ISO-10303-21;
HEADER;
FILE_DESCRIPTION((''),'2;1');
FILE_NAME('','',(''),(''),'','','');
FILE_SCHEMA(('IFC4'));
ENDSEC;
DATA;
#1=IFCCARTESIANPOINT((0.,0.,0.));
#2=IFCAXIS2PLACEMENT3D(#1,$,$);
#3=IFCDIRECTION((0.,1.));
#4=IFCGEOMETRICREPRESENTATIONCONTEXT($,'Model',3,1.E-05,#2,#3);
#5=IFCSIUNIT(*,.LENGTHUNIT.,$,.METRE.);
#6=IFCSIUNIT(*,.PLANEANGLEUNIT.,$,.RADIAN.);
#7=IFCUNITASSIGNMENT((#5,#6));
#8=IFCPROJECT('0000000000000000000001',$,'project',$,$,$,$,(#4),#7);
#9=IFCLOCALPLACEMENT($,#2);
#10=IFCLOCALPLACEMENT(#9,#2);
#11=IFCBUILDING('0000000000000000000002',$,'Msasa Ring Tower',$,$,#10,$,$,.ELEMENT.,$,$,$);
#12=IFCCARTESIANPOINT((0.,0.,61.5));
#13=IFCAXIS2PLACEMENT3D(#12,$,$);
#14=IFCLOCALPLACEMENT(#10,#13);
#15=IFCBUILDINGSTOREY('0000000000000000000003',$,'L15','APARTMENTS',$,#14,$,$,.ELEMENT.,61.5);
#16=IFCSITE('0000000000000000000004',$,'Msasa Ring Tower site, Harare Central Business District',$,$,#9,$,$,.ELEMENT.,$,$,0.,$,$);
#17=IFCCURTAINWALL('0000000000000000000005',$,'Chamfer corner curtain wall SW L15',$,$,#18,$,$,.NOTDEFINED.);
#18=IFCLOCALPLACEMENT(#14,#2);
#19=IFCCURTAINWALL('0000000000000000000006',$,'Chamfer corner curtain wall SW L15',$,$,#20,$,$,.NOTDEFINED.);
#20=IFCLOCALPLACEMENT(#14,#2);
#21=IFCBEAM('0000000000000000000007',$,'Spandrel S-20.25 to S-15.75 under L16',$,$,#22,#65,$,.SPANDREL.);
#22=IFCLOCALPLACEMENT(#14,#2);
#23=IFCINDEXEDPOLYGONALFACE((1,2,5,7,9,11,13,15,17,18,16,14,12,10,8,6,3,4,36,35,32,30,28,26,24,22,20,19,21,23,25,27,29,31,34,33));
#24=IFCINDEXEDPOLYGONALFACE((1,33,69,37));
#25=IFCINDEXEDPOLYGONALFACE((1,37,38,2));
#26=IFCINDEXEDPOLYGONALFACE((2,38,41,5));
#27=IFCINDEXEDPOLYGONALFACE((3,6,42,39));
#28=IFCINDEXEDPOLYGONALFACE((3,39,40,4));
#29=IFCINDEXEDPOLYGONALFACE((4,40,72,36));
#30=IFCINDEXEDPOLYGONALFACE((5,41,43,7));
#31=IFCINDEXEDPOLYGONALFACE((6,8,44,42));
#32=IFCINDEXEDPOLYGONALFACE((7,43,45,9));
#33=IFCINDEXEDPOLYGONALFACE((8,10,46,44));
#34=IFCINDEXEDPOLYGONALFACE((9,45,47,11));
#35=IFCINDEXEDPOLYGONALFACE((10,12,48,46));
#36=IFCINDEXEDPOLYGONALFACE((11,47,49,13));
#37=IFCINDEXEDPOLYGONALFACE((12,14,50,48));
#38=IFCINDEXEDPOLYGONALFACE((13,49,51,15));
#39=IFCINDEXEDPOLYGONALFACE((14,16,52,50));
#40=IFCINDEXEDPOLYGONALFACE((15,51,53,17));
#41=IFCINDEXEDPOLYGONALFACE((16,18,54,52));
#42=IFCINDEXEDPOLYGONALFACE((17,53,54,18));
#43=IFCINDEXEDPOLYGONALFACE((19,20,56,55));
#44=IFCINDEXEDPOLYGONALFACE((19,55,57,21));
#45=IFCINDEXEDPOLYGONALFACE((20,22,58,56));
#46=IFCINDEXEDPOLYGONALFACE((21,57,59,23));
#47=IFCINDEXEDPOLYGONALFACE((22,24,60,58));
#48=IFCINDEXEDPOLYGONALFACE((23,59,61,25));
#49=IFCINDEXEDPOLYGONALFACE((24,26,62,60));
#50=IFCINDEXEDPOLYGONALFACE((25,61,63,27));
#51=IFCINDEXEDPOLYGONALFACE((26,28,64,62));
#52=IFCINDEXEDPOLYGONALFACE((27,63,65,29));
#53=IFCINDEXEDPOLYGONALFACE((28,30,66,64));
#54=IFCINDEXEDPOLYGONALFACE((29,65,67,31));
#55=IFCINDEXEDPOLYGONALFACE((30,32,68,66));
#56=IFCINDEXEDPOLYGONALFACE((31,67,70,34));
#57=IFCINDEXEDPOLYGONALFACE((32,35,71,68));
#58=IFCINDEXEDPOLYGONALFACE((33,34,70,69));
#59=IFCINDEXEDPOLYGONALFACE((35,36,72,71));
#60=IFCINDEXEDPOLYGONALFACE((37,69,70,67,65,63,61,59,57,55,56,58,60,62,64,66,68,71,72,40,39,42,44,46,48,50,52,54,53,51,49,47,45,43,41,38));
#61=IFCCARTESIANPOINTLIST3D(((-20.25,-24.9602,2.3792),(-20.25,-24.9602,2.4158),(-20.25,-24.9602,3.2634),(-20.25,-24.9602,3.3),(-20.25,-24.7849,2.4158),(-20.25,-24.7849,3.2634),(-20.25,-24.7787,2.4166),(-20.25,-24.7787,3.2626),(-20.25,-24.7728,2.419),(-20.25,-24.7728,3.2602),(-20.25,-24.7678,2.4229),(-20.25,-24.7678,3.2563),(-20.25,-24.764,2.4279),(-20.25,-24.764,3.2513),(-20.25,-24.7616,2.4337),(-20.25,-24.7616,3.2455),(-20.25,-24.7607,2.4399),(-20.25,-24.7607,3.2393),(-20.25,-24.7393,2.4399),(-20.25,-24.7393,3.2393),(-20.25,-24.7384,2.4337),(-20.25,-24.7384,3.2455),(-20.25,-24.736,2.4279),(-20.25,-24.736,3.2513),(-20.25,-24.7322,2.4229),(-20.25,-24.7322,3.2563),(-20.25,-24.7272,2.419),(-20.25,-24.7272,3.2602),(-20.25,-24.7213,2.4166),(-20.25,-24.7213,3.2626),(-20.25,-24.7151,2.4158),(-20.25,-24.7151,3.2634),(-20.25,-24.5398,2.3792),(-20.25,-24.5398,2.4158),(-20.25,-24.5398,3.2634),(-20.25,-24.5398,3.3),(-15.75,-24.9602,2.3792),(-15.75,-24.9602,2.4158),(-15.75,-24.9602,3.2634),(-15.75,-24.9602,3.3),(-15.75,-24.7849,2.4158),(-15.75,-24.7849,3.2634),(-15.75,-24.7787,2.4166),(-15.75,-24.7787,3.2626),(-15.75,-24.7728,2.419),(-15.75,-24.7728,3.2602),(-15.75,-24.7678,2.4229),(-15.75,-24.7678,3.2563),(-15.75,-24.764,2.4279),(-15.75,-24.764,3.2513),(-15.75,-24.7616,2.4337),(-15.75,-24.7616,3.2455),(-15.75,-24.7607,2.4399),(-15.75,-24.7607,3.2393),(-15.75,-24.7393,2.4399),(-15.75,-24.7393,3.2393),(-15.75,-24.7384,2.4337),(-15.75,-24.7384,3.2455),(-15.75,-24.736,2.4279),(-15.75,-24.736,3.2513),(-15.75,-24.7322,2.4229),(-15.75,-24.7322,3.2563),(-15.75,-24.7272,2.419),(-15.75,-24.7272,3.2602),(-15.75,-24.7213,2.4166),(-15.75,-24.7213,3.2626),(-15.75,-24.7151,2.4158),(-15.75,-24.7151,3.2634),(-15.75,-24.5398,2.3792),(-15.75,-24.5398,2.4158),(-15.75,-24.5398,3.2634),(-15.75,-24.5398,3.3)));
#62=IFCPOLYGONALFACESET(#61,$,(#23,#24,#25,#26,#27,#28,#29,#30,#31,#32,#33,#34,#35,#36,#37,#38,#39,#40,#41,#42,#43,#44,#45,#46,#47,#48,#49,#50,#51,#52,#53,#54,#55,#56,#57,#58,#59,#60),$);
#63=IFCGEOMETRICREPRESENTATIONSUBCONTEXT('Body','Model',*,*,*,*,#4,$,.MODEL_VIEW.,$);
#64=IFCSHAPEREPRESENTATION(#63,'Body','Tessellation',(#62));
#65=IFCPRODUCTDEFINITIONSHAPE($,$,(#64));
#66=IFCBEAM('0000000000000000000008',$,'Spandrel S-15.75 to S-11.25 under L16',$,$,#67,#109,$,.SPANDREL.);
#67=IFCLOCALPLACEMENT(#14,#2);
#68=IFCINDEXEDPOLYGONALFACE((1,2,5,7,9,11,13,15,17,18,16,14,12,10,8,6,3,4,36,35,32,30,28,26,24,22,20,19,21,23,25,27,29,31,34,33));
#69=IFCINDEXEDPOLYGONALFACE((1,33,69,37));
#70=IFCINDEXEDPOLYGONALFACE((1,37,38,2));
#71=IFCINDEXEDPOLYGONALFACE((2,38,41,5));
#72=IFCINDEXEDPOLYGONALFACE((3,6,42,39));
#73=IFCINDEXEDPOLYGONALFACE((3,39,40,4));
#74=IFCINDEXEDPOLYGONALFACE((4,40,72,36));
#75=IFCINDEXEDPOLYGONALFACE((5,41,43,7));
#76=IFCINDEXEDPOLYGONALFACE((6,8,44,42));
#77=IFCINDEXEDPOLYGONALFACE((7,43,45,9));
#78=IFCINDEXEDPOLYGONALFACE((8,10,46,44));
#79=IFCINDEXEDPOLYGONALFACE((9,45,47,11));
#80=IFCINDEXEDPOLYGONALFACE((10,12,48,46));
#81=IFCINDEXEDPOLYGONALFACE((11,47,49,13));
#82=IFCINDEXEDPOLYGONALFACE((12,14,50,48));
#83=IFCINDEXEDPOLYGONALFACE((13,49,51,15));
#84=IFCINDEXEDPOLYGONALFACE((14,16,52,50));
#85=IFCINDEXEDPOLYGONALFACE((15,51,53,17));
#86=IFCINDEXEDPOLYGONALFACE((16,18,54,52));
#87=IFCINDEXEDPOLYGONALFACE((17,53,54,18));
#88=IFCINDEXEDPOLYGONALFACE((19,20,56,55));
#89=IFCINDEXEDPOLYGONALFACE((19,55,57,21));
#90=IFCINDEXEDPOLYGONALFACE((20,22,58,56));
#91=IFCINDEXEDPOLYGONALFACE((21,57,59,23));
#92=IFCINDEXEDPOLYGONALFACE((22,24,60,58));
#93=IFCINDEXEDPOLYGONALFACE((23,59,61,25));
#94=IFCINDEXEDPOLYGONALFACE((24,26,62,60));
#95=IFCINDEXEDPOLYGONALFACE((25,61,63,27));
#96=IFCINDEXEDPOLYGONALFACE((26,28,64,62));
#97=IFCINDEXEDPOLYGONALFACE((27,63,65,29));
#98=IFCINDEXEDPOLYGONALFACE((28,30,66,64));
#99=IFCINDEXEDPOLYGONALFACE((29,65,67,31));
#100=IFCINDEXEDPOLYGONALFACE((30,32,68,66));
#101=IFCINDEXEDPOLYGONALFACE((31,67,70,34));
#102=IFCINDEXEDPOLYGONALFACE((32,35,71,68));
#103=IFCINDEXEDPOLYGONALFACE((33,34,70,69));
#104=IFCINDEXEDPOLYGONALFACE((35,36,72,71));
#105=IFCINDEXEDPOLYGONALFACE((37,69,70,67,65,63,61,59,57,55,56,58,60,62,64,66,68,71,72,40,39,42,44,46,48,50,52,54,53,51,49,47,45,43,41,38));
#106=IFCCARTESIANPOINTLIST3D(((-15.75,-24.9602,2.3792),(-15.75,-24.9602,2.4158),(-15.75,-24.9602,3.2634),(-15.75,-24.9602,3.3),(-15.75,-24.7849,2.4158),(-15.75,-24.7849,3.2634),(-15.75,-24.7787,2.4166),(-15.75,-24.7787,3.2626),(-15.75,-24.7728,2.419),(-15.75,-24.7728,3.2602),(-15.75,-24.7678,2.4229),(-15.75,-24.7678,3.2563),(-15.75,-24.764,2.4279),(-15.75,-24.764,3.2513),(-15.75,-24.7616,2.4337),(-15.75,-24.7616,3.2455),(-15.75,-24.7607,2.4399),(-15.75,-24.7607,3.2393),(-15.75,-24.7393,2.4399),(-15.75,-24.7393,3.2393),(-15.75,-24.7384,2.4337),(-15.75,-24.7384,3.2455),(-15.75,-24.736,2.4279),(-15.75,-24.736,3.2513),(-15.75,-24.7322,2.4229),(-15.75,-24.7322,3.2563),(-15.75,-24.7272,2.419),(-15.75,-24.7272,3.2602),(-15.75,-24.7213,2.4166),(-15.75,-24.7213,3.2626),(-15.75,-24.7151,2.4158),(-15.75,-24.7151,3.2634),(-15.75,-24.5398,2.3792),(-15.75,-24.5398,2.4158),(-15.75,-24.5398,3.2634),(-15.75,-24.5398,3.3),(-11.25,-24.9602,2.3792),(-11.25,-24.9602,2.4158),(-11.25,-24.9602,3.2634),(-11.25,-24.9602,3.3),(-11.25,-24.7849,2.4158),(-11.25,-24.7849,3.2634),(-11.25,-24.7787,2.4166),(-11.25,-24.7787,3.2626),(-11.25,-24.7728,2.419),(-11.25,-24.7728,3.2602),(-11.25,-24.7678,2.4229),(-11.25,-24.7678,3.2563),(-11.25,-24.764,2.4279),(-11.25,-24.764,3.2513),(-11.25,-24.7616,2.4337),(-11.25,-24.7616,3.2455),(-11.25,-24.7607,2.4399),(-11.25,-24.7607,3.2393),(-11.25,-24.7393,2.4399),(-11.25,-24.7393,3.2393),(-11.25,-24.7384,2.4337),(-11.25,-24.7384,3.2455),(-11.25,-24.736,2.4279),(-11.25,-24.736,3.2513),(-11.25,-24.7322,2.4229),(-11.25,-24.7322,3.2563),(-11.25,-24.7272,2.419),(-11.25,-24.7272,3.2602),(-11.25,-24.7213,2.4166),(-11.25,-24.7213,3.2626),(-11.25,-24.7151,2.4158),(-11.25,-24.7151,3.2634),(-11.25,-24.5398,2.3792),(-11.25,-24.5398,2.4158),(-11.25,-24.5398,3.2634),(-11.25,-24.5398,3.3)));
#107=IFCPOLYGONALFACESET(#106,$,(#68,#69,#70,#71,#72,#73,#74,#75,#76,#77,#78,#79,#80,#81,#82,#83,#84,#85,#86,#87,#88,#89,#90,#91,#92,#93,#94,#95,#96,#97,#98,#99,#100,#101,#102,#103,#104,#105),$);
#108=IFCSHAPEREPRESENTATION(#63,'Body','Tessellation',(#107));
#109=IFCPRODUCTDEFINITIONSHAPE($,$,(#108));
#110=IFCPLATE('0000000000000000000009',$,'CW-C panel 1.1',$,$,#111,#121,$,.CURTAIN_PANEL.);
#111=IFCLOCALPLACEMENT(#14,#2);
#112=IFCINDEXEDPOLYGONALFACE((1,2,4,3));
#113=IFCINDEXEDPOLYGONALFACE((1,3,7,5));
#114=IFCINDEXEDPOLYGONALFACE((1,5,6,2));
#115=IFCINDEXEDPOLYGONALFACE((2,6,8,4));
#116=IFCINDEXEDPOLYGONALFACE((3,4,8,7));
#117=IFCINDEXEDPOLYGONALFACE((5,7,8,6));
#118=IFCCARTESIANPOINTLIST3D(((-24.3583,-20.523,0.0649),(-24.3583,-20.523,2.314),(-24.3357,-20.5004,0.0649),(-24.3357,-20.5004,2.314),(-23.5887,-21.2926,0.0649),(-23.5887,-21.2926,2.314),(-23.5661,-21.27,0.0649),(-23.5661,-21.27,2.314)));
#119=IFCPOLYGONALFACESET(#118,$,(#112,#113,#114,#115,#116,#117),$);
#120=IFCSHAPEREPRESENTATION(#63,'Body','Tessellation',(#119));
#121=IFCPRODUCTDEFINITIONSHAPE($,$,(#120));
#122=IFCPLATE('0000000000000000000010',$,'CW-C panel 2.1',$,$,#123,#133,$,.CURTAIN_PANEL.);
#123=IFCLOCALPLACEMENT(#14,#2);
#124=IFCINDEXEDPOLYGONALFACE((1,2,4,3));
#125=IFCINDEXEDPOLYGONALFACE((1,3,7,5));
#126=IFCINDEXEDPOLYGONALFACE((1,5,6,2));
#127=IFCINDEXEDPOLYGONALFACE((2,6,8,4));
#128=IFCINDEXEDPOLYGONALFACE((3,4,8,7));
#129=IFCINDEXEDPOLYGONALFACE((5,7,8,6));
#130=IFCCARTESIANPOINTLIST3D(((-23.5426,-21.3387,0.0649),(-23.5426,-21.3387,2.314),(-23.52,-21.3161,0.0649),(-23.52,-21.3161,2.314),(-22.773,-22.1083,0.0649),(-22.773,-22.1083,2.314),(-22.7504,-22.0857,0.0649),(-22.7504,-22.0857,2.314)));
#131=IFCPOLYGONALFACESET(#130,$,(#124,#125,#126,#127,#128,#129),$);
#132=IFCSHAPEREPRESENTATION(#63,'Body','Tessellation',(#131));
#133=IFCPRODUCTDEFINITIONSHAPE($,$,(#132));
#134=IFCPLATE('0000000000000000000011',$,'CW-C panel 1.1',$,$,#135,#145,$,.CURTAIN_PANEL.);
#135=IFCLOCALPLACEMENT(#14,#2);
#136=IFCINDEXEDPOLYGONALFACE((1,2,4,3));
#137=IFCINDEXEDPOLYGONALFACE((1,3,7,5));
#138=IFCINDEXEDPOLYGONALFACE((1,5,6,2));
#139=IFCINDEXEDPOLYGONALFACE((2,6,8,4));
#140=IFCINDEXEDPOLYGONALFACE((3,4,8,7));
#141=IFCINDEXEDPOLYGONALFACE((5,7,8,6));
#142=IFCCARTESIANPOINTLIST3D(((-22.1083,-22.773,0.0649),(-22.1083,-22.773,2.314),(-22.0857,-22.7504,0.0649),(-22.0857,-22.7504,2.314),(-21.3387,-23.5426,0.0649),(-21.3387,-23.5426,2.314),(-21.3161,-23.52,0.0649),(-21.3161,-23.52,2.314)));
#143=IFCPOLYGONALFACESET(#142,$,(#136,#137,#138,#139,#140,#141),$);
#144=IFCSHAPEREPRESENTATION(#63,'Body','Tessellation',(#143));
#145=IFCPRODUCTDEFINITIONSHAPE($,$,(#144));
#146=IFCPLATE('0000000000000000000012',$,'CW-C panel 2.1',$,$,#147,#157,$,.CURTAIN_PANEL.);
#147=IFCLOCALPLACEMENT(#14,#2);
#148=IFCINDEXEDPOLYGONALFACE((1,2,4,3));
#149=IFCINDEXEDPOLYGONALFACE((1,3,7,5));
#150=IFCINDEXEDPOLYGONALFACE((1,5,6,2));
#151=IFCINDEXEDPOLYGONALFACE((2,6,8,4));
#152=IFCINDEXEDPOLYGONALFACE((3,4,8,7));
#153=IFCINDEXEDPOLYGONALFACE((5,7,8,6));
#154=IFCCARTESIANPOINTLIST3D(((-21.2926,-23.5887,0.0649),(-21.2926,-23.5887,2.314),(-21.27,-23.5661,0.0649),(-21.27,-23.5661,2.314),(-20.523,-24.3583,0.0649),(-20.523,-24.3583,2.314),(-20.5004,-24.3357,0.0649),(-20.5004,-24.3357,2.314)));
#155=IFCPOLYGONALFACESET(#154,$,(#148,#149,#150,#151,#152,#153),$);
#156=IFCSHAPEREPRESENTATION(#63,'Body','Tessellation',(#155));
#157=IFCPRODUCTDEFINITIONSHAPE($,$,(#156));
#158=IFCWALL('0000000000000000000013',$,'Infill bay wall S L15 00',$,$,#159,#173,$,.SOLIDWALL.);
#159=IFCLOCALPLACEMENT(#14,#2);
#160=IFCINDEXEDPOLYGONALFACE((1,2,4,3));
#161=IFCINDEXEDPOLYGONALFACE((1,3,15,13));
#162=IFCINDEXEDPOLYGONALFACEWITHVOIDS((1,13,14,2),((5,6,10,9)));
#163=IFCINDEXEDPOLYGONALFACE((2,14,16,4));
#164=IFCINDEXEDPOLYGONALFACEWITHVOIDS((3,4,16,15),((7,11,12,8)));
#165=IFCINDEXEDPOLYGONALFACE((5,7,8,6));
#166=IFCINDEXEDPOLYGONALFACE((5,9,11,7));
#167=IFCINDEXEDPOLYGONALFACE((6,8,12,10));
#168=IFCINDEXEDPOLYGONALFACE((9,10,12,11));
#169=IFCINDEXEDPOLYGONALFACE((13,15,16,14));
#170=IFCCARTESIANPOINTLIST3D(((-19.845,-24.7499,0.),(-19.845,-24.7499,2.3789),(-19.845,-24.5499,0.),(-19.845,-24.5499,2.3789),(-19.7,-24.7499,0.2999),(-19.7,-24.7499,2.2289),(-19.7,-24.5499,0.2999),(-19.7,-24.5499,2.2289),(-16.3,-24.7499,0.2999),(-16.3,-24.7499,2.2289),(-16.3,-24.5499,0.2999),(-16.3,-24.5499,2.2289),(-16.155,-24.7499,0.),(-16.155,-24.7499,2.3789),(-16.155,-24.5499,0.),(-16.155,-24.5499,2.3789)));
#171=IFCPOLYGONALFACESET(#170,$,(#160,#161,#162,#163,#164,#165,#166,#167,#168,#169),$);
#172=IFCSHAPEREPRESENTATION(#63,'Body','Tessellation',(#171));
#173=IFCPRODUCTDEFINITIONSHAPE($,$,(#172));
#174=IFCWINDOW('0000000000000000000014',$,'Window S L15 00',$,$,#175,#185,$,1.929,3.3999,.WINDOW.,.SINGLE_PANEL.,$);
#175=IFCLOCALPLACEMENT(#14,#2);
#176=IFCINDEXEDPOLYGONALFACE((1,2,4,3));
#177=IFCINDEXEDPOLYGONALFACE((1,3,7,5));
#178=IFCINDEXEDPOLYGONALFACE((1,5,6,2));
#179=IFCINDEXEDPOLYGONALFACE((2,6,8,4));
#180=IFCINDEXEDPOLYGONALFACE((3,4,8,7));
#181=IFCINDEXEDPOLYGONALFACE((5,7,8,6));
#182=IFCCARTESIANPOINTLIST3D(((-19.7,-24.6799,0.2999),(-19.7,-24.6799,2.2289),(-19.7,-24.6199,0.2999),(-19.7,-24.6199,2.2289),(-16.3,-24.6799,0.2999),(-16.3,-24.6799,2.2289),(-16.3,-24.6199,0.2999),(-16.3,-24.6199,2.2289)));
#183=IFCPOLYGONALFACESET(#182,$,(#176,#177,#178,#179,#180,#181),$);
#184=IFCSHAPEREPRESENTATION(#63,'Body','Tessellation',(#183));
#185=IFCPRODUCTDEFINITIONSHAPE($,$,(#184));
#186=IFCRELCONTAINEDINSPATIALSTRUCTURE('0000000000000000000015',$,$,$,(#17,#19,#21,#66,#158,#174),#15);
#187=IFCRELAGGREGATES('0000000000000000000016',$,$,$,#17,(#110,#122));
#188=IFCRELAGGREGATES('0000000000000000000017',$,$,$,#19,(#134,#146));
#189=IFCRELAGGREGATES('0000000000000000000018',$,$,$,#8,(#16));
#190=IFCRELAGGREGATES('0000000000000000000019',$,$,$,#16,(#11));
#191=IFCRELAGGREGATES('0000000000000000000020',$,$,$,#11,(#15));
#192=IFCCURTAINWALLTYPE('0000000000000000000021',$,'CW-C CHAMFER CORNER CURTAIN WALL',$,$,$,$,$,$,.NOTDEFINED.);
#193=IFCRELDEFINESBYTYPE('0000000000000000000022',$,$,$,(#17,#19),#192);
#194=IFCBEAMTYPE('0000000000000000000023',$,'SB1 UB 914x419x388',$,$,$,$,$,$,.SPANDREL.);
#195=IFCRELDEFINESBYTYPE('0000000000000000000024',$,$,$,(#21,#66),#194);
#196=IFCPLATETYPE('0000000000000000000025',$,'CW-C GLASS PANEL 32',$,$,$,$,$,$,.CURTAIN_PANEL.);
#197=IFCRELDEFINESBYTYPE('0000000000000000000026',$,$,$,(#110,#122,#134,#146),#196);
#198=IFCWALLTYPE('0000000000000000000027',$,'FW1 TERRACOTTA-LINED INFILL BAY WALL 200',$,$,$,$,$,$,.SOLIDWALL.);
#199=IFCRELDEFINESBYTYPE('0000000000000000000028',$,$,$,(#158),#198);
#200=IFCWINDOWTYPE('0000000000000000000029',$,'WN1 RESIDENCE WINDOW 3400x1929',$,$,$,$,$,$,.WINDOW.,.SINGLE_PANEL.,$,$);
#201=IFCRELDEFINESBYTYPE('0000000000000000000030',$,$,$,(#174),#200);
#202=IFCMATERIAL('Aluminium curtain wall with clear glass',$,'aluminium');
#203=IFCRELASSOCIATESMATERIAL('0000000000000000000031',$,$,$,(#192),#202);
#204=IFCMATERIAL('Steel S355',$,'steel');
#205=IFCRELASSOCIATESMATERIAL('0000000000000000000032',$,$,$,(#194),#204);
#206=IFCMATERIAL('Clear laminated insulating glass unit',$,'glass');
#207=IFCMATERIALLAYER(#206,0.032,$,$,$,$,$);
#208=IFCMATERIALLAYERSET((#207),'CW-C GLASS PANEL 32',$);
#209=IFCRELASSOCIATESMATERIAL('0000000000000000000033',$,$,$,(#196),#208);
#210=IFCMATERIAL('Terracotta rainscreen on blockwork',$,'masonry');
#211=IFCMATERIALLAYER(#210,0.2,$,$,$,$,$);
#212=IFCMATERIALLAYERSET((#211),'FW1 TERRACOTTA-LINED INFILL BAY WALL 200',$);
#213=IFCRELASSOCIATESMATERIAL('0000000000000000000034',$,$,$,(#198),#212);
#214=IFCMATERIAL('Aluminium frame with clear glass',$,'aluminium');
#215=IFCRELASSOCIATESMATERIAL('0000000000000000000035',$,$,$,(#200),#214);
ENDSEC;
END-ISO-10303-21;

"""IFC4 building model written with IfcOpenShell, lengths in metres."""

from ifc_helpers import new_model, si_unit, direction, frame, frame_2d, origin, origin_2d, place, context, subcontext, project, spatial, rectangle, i_section, extrude, material, layer, layer_set, material_profile, profile_set, type_object, element, fill, aggregate, save


model = new_model("IFC4")

# Units and contexts
model_context = context("Model", 3, precision=1e-05, world=origin(), true_north=direction((0.0, 1.0)))
body_context = subcontext(model_context, "Body", "Model", "MODEL_VIEW")
ifc_project = project(units=[si_unit("LENGTHUNIT", "METRE"), si_unit("PLANEANGLEUNIT", "RADIAN")], contexts=[model_context])

# Site, building, storey
site_placement = place(None, origin())
site = spatial("IfcSite", under=ifc_project, at=site_placement, Name="Msasa Ring Tower site, Harare Central Business District", CompositionType="ELEMENT", RefElevation=0.0)
building_placement = place(site_placement, origin())
building = spatial("IfcBuilding", under=site, at=building_placement, Name="Msasa Ring Tower", CompositionType="ELEMENT")
storey_placement = place(building_placement, frame((0.0, 0.0, 61.5)))
storey = spatial("IfcBuildingStorey", under=building, at=storey_placement, Name="L15", Description="APARTMENTS", CompositionType="ELEMENT", Elevation=61.5)

# Curtain walls
ifc_material_1 = material(Name="Aluminium curtain wall with clear glass", Category="aluminium")
curtain_wall_type = type_object("IfcCurtainWallType", Name="CW-C CHAMFER CORNER CURTAIN WALL", PredefinedType="NOTDEFINED", material=ifc_material_1)
curtain_wall_1_placement = place(storey_placement, origin())
curtain_wall_1 = element("IfcCurtainWall", 1, at=curtain_wall_1_placement, inside=storey, type_object=curtain_wall_type, Name="Chamfer corner curtain wall SW L15", PredefinedType="NOTDEFINED")
curtain_wall_2_placement = place(storey_placement, origin())
curtain_wall_2 = element("IfcCurtainWall", 2, at=curtain_wall_2_placement, inside=storey, type_object=curtain_wall_type, Name="Chamfer corner curtain wall SW L15", PredefinedType="NOTDEFINED")

# Beams
ifc_material_2 = material(Name="Steel S355", Category="steel")
ifc_material_profile_1 = material_profile(ifc_material_2, i_section(OverallWidth=0.4204, OverallDepth=0.9209, WebThickness=0.0215, FlangeThickness=0.0366, FilletRadius=0.0242, at=origin_2d()), Name="UB 914x419x388")
ifc_profile_set_1 = profile_set([ifc_material_profile_1], Name="Steel S355")
beam_type_1 = type_object("IfcBeamType", Name="SB1 UB 914x419x388", PredefinedType="SPANDREL", material=ifc_profile_set_1)
for number, where, z_axis, x_axis, name in (
    (3, (-20.25, -24.75, 2.8396), (1.0, 0.0, 0.0), (0.0, 1.0, 0.0), "Spandrel S-20.25 to S-15.75 under L16"),
    (4, (-15.75, -24.75, 2.8396), (1.0, 0.0, 0.0), (0.0, 1.0, 0.0), "Spandrel S-15.75 to S-11.25 under L16"),
):
    element("IfcBeam", number, at=place(storey_placement, frame(where, z_axis=z_axis, x_axis=x_axis)), inside=storey, type_object=beam_type_1, Name=name, PredefinedType="SPANDREL", context=body_context, shape_type="SweptSolid", body=[
        extrude(i_section(OverallWidth=0.4204, OverallDepth=0.9209, WebThickness=0.0215, FlangeThickness=0.0366, FilletRadius=0.0242, at=origin_2d()), origin(), (0.0, 0.0, 1.0), 4.5),
    ])

# Plates
ifc_material_3 = material(Name="Clear laminated insulating glass unit", Category="glass")
ifc_layer_1 = layer(ifc_material_3, 0.032)
ifc_layer_set_1 = layer_set([ifc_layer_1], Name="CW-C GLASS PANEL 32")
plate_type = type_object("IfcPlateType", Name="CW-C GLASS PANEL 32", PredefinedType="CURTAIN_PANEL", material=ifc_layer_set_1)
plate_1_placement = place(storey_placement, frame((-23.9622, -20.8965, 0.0649), z_axis=(0.0, 0.0, 1.0), x_axis=(0.707107, -0.707107, 0.0)))
plate_1 = element("IfcPlate", 5, at=plate_1_placement, type_object=plate_type, Name="CW-C panel 1.1", PredefinedType="CURTAIN_PANEL", context=body_context, shape_type="SweptSolid", body=[
    extrude(rectangle(XDim=1.0884, YDim=0.032, at=origin_2d()), origin(), (0.0, 0.0, 1.0), 2.249),
])
plate_2_placement = place(storey_placement, frame((-23.1465, -21.7122, 0.0649), z_axis=(0.0, 0.0, 1.0), x_axis=(0.707107, -0.707107, 0.0)))
plate_2 = element("IfcPlate", 6, at=plate_2_placement, type_object=plate_type, Name="CW-C panel 2.1", PredefinedType="CURTAIN_PANEL", context=body_context, shape_type="SweptSolid", body=[
    extrude(rectangle(XDim=1.0884, YDim=0.032, at=origin_2d()), origin(), (0.0, 0.0, 1.0), 2.249),
])
aggregate(curtain_wall_1, [plate_1, plate_2])
plate_3_placement = place(storey_placement, frame((-21.7122, -23.1465, 0.0649), z_axis=(0.0, 0.0, 1.0), x_axis=(0.707107, -0.707107, 0.0)))
plate_3 = element("IfcPlate", 7, at=plate_3_placement, type_object=plate_type, Name="CW-C panel 1.1", PredefinedType="CURTAIN_PANEL", context=body_context, shape_type="SweptSolid", body=[
    extrude(rectangle(XDim=1.0884, YDim=0.032, at=origin_2d()), origin(), (0.0, 0.0, 1.0), 2.249),
])
plate_4_placement = place(storey_placement, frame((-20.8965, -23.9622, 0.0649), z_axis=(0.0, 0.0, 1.0), x_axis=(0.707107, -0.707107, 0.0)))
plate_4 = element("IfcPlate", 8, at=plate_4_placement, type_object=plate_type, Name="CW-C panel 2.1", PredefinedType="CURTAIN_PANEL", context=body_context, shape_type="SweptSolid", body=[
    extrude(rectangle(XDim=1.0884, YDim=0.032, at=origin_2d()), origin(), (0.0, 0.0, 1.0), 2.249),
])
aggregate(curtain_wall_2, [plate_3, plate_4])

# Wall, opening, window
ifc_material_4 = material(Name="Terracotta rainscreen on blockwork", Category="masonry")
ifc_layer_2 = layer(ifc_material_4, 0.2)
ifc_layer_set_2 = layer_set([ifc_layer_2], Name="FW1 TERRACOTTA-LINED INFILL BAY WALL 200")
wall_type_1 = type_object("IfcWallType", Name="FW1 TERRACOTTA-LINED INFILL BAY WALL 200", PredefinedType="SOLIDWALL", material=ifc_layer_set_2)
wall_1_placement = place(storey_placement, frame((-19.845, -24.6499, 0.0), z_axis=(0.0, 0.0, 1.0), x_axis=(1.0, 0.0, 0.0)))
wall_1 = element("IfcWall", 9, at=wall_1_placement, inside=storey, type_object=wall_type_1, Name="Infill bay wall S L15 00", PredefinedType="SOLIDWALL", context=body_context, shape_type="SweptSolid", body=[
    extrude(rectangle(XDim=3.6899, YDim=0.2, at=frame_2d((1.845, 0.0))), origin(), (0.0, 0.0, 1.0), 2.3789),
])
opening_1_placement = place(wall_1_placement, frame((0.145, 0.0, 0.3)))
opening_1 = element("IfcOpeningElement", 10, at=opening_1_placement, cuts=wall_1, PredefinedType="OPENING", context=body_context, shape_type="SweptSolid", body=[
    extrude(rectangle(XDim=3.3999, YDim=1.929, at=frame_2d((1.7, 0.9644))), frame((0.0, 0.1099, 0.0), z_axis=(0.0, -1.0, 0.0), x_axis=(1.0, 0.0, 0.0)), (0.0, 0.0, 1.0), 0.22),
])
ifc_material_5 = material(Name="Aluminium frame with clear glass", Category="aluminium")
window_type = type_object("IfcWindowType", Name="WN1 RESIDENCE WINDOW 3400x1929", PartitioningType="SINGLE_PANEL", PredefinedType="WINDOW", material=ifc_material_5)
window_1_placement = place(opening_1_placement, origin())
window_1 = element("IfcWindow", 11, at=window_1_placement, inside=storey, type_object=window_type, Name="Window S L15 00", OverallHeight=1.929, OverallWidth=3.3999, PartitioningType="SINGLE_PANEL", PredefinedType="WINDOW", context=body_context, shape_type="SweptSolid", body=[
    extrude(rectangle(XDim=3.3999, YDim=1.929, at=frame_2d((1.7, 0.9644))), frame((0.0, 0.03, 0.0), z_axis=(0.0, -1.0, 0.0), x_axis=(1.0, 0.0, 0.0)), (0.0, 0.0, 1.0), 0.0601),
])
fill(opening_1, window_1)

save(model, "model.ifc")
